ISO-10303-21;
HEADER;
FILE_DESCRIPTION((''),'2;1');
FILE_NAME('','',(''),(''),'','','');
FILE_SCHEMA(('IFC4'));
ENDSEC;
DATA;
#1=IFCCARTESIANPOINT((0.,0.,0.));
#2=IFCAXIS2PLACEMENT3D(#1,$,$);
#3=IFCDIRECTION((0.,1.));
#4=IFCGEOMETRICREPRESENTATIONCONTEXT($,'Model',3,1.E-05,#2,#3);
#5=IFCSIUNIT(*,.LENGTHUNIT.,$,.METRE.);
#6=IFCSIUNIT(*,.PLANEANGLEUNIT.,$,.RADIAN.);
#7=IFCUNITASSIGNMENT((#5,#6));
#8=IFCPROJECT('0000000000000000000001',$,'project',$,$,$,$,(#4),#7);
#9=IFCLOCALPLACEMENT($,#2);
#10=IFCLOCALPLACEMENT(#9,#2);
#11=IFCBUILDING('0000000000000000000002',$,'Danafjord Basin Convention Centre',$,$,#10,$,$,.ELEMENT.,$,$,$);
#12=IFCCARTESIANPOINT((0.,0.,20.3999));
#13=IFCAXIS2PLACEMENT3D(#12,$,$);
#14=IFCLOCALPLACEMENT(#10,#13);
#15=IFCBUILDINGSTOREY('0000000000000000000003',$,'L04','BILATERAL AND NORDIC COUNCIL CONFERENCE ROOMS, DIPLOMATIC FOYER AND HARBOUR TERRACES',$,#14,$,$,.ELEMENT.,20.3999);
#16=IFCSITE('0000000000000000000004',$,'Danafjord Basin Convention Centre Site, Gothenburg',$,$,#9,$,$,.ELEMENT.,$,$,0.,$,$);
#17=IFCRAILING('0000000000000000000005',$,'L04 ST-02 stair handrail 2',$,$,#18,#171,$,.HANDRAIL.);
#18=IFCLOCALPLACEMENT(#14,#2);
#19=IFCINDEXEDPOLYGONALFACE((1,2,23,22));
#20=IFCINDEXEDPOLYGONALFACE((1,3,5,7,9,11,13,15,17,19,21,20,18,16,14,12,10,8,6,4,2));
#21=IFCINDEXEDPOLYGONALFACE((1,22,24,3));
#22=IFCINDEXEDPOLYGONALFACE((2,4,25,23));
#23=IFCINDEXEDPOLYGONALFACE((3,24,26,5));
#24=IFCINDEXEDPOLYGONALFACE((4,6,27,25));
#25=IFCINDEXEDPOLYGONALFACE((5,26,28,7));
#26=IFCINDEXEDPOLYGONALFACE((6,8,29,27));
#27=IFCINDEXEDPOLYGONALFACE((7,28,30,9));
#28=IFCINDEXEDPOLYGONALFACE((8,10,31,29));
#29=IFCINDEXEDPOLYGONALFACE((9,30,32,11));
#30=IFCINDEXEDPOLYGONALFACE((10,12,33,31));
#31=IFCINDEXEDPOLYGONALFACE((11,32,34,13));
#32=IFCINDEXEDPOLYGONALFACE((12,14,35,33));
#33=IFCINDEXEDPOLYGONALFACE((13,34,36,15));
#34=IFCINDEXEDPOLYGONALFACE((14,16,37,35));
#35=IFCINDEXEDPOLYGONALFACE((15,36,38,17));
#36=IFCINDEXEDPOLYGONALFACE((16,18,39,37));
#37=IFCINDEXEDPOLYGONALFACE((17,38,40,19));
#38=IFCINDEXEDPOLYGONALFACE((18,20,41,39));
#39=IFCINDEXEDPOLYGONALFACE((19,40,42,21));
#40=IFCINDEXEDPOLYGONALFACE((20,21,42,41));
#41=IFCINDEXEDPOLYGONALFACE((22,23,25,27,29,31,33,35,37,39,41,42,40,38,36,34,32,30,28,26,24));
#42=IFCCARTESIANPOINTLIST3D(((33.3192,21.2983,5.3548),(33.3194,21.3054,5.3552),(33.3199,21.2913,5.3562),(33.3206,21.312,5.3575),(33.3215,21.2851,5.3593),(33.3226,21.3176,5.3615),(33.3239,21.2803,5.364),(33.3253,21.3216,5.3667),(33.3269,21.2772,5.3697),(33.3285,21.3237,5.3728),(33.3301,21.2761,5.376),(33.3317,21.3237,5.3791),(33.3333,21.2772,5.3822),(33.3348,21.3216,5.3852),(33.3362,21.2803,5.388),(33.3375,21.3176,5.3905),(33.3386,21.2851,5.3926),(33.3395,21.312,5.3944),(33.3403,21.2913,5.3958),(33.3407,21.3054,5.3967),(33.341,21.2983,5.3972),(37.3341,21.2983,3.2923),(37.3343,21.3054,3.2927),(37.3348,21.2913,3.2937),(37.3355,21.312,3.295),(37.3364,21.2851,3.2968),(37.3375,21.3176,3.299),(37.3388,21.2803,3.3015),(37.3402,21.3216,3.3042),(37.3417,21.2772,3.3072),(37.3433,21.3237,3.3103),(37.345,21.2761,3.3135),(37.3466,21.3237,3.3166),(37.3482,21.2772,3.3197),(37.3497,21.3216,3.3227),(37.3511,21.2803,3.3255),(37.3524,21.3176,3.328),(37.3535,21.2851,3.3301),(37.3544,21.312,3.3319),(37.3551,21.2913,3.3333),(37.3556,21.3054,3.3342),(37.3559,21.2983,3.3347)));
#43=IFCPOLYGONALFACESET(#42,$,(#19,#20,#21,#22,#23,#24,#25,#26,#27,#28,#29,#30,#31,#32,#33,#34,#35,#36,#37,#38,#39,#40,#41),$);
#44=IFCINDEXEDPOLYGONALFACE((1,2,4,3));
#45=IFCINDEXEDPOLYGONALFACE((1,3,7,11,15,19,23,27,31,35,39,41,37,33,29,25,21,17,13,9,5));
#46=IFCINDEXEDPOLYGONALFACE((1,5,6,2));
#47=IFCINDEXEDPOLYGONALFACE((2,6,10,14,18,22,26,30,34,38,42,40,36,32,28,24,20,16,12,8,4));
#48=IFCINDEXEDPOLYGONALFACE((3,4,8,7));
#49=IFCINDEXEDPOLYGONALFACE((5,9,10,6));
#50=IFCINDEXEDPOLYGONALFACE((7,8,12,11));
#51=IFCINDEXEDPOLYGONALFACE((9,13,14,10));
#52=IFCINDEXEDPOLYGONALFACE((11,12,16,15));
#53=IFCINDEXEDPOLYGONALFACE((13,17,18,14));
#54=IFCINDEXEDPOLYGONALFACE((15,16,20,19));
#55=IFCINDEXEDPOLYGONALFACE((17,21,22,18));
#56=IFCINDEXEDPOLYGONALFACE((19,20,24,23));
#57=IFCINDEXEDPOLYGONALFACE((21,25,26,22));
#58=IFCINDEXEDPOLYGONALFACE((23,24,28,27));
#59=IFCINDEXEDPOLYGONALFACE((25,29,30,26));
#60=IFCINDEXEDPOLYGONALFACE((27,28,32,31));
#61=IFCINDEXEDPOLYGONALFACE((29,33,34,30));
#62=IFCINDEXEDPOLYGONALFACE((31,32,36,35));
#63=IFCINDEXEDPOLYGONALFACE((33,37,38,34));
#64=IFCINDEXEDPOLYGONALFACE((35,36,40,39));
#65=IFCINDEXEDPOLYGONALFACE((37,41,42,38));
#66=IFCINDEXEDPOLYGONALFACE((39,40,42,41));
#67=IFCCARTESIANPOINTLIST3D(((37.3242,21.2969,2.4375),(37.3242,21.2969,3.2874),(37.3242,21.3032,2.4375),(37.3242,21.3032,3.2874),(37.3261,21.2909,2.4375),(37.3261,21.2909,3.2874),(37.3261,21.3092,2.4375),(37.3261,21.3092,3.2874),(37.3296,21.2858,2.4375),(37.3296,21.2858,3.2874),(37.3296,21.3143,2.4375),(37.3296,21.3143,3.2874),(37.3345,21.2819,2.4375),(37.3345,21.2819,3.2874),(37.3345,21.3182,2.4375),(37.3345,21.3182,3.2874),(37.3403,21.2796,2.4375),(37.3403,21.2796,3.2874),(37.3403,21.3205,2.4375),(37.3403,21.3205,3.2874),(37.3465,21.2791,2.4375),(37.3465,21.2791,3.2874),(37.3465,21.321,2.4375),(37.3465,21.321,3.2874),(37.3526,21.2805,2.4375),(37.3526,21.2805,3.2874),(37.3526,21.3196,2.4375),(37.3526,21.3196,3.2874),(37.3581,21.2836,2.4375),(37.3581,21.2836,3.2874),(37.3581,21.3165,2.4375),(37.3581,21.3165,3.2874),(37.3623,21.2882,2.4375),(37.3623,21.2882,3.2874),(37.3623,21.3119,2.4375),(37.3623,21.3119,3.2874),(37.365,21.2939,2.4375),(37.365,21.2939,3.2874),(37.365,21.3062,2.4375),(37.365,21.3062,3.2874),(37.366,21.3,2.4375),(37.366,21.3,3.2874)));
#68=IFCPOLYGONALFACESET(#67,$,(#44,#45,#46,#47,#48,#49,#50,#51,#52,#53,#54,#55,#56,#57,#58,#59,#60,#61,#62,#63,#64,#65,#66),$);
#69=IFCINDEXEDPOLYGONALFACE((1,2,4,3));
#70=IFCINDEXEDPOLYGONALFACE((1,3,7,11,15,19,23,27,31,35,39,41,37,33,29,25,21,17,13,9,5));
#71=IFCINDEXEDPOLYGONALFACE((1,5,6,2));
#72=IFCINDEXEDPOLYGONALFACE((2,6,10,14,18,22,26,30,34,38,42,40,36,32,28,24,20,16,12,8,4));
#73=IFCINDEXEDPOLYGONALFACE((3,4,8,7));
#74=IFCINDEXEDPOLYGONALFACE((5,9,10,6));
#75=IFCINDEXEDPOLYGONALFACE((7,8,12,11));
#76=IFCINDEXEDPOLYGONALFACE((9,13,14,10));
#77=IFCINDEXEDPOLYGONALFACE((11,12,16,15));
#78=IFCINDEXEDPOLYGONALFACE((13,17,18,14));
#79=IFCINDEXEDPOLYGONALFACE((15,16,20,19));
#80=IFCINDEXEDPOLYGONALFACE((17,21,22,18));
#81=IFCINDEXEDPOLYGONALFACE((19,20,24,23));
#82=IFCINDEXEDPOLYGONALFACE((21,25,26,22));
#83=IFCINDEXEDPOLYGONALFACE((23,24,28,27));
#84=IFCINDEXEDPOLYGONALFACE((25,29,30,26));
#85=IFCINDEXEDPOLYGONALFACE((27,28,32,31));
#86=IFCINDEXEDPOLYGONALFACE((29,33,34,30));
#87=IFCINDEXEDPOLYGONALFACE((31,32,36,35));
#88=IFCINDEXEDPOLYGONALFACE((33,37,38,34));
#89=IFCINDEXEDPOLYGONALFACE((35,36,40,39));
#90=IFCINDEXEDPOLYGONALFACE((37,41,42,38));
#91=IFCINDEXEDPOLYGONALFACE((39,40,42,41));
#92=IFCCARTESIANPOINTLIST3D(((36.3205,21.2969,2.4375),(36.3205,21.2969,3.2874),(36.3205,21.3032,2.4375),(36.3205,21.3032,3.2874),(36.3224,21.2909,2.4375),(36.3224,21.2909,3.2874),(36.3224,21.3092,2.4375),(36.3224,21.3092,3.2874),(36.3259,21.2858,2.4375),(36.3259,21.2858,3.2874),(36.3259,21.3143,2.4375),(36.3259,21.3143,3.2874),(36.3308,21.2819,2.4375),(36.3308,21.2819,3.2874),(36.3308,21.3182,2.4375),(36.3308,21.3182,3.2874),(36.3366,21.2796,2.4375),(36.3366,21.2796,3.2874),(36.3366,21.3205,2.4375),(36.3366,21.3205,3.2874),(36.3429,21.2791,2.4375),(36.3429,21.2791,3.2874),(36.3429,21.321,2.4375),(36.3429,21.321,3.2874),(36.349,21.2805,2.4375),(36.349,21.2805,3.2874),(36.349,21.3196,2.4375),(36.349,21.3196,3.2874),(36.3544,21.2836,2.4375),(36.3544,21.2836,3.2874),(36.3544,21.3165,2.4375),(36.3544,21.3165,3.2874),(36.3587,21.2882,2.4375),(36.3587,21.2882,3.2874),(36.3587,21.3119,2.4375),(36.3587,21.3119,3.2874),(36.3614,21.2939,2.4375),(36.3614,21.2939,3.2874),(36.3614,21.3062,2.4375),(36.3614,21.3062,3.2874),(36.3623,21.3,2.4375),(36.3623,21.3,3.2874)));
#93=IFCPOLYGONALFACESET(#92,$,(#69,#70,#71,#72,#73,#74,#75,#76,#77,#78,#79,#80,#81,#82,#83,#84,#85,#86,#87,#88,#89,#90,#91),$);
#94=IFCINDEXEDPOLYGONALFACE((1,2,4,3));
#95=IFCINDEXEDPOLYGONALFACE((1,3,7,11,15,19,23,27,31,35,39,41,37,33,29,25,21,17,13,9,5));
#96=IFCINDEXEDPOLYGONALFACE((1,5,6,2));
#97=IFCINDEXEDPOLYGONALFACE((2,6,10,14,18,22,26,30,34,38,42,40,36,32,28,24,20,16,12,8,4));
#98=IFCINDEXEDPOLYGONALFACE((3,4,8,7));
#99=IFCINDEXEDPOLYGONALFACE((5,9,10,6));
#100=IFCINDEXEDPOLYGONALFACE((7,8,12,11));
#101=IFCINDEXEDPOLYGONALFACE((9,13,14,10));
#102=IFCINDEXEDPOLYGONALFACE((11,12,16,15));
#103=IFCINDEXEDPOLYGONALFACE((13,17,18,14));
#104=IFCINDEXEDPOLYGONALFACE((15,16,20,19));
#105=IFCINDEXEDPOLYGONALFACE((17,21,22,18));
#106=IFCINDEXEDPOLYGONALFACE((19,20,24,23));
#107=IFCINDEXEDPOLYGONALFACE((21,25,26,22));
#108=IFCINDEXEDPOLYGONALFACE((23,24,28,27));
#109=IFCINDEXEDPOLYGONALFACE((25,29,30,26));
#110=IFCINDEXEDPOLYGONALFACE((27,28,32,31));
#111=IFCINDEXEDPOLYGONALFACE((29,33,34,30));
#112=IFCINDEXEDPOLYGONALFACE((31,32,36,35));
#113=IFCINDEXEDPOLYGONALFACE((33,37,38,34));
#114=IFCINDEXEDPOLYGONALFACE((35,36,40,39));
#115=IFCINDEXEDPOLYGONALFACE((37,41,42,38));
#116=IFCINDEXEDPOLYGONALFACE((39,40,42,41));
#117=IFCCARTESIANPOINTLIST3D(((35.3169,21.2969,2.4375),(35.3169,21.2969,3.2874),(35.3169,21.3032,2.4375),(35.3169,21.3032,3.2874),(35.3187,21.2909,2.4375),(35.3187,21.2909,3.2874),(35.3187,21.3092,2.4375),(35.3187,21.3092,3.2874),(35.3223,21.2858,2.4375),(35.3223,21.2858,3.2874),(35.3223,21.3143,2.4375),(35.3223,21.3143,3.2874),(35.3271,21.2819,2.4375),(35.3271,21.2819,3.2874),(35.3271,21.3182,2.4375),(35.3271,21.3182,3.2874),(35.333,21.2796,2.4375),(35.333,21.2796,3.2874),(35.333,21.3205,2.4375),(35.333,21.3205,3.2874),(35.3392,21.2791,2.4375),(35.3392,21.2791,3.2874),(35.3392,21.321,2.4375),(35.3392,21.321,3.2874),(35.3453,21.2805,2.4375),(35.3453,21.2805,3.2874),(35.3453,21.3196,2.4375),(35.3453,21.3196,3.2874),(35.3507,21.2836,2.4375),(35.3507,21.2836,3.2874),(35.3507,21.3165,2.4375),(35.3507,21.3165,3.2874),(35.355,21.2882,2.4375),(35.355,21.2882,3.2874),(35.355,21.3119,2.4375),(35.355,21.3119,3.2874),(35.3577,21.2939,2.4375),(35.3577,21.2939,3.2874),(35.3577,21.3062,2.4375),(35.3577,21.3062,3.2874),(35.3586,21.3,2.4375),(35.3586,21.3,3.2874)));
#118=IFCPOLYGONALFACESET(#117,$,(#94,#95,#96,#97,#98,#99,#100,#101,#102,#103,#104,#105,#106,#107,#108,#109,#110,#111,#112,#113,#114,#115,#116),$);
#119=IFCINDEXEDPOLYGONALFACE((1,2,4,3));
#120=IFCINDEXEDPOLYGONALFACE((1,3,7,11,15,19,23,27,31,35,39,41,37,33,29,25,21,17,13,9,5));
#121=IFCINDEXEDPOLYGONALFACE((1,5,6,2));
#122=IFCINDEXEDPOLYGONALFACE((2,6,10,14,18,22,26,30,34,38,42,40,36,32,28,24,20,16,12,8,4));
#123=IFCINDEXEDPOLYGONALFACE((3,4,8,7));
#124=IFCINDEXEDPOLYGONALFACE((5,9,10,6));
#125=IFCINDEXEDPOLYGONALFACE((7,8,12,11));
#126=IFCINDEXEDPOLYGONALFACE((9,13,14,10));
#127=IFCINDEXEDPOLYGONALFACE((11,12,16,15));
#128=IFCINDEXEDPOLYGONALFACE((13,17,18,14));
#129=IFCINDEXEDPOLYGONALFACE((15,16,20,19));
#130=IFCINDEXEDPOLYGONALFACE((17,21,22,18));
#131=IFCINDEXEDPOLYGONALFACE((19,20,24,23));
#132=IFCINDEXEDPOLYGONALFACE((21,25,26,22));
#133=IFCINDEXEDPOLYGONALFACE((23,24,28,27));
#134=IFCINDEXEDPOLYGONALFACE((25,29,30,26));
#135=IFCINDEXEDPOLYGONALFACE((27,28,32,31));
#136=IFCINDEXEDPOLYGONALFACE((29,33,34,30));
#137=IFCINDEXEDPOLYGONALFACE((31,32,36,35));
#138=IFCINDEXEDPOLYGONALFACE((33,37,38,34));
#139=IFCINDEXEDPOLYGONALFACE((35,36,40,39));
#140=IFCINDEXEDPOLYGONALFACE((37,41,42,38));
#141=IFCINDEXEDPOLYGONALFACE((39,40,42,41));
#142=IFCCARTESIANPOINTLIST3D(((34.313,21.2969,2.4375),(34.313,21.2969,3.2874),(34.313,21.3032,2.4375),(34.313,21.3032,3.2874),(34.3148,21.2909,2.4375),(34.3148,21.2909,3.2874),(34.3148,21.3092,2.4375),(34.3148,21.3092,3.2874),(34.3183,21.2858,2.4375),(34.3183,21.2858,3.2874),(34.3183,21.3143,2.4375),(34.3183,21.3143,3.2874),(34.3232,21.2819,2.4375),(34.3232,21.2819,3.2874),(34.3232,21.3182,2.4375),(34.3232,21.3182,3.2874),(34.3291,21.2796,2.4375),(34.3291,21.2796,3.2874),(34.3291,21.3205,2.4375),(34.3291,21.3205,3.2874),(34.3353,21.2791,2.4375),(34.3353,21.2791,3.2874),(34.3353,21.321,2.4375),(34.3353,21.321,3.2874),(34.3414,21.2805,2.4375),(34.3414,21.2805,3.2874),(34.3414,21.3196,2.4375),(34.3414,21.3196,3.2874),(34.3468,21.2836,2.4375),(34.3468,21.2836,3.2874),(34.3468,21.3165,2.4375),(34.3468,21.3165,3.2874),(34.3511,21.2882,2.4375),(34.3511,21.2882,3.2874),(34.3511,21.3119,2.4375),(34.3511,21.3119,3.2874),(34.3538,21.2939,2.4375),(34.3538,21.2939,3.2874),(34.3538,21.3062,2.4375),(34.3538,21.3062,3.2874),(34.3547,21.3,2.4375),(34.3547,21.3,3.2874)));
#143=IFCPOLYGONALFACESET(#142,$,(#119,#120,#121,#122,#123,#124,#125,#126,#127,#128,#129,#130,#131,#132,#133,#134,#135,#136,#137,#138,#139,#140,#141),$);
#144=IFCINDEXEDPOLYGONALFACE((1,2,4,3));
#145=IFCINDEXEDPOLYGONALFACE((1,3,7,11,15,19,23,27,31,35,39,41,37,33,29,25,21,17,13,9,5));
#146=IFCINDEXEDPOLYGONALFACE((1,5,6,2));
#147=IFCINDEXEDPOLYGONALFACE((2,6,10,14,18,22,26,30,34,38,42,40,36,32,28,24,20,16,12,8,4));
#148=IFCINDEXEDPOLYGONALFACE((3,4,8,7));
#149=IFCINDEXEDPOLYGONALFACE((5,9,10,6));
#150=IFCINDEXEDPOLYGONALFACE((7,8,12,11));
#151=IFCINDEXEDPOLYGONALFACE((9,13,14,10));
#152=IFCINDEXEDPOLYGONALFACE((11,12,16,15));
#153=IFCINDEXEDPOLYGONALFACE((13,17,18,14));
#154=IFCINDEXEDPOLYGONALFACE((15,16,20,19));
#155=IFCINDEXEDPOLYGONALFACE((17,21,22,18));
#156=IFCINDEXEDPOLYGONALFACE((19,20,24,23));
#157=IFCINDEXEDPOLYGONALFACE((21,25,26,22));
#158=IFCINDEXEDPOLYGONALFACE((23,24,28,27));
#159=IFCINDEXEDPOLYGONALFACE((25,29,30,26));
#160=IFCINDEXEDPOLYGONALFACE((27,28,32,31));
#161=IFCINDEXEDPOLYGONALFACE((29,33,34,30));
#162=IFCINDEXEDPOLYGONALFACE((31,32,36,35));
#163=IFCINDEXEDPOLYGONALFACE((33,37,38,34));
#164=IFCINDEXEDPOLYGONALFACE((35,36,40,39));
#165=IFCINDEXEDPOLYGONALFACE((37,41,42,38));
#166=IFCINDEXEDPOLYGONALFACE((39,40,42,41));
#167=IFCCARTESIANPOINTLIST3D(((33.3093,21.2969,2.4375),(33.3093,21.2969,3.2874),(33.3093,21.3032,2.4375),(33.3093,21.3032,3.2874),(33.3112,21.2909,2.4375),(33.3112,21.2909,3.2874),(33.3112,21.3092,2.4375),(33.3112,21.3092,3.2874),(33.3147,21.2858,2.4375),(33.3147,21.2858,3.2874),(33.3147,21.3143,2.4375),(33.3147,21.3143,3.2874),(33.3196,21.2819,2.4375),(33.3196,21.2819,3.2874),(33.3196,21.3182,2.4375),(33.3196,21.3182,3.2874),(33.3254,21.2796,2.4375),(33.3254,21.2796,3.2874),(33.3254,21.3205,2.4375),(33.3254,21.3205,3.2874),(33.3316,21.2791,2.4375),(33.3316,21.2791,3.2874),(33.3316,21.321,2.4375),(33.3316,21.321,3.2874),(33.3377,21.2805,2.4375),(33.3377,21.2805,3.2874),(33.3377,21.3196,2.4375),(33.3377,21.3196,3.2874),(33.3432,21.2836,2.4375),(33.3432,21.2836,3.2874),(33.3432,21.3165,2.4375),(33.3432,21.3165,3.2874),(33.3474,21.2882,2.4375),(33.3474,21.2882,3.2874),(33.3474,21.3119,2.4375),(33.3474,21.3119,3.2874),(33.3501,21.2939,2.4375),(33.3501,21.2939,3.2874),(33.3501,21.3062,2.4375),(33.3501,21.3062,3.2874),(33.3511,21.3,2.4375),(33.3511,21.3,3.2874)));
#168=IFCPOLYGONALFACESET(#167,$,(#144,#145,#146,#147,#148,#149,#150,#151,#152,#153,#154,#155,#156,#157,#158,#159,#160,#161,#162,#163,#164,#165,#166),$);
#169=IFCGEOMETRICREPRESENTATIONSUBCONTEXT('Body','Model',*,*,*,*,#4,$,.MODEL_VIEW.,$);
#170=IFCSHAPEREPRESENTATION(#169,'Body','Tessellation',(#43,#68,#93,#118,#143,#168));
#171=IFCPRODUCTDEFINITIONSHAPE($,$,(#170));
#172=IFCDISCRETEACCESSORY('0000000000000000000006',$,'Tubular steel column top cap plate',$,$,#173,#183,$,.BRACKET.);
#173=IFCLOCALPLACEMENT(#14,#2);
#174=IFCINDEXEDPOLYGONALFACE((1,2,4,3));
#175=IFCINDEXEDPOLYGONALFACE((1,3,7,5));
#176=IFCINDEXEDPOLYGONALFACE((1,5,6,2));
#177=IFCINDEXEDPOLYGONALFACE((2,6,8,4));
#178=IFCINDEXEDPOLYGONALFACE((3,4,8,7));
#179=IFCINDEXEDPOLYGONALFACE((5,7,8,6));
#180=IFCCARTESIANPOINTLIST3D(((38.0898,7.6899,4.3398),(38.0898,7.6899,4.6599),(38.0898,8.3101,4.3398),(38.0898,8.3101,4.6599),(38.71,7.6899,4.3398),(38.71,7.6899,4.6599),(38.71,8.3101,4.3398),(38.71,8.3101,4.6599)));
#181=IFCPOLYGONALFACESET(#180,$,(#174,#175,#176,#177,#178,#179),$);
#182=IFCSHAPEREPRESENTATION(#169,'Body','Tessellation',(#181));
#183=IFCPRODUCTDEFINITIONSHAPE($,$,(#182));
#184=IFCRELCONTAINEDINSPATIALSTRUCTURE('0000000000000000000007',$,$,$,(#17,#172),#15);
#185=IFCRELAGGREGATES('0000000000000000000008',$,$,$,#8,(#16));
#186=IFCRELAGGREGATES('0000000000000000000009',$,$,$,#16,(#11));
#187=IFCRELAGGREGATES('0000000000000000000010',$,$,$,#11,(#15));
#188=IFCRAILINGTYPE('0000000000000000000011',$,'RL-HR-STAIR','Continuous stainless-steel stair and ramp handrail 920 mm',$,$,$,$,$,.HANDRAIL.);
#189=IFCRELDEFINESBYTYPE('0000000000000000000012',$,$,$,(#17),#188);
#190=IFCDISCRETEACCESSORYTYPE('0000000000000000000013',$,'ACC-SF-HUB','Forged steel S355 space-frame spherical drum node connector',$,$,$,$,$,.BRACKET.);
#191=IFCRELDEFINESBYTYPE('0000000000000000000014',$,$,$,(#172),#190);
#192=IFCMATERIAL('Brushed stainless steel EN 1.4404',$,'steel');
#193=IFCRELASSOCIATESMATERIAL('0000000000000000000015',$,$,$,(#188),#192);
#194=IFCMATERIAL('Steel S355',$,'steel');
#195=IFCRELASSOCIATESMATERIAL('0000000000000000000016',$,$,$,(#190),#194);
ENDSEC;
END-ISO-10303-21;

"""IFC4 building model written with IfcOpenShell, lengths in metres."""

from ifc_helpers import new_model, si_unit, direction, frame, origin, origin_2d, place, context, subcontext, project, spatial, rectangle, circle, extrude, material, type_object, element, save


model = new_model("IFC4")

# Units and contexts
model_context = context("Model", 3, precision=1e-05, world=origin(), true_north=direction((0.0, 1.0)))
body_context = subcontext(model_context, "Body", "Model", "MODEL_VIEW")
ifc_project = project(units=[si_unit("LENGTHUNIT", "METRE"), si_unit("PLANEANGLEUNIT", "RADIAN")], contexts=[model_context])

# Site, building, storey
site_placement = place(None, origin())
site = spatial("IfcSite", under=ifc_project, at=site_placement, Name="Danafjord Basin Convention Centre Site, Gothenburg", CompositionType="ELEMENT", RefElevation=0.0)
building_placement = place(site_placement, origin())
building = spatial("IfcBuilding", under=site, at=building_placement, Name="Danafjord Basin Convention Centre", CompositionType="ELEMENT")
storey_placement = place(building_placement, frame((0.0, 0.0, 20.3999)))
storey = spatial("IfcBuildingStorey", under=building, at=storey_placement, Name="L04", Description="BILATERAL AND NORDIC COUNCIL CONFERENCE ROOMS, DIPLOMATIC FOYER AND HARBOUR TERRACES", CompositionType="ELEMENT", Elevation=20.3999)

# Shared definitions
ifc_material_1 = material(Name="Steel S355", Category="steel")

# Railing
ifc_material_2 = material(Name="Brushed stainless steel EN 1.4404", Category="steel")
railing_type_1 = type_object("IfcRailingType", Name="RL-HR-STAIR", Description="Continuous stainless-steel stair and ramp handrail 920 mm", PredefinedType="HANDRAIL", material=ifc_material_2)
railing_1_placement = place(storey_placement, frame((37.345, 21.3, 2.4375)))
element("IfcRailing", 1, at=railing_1_placement, inside=storey, type_object=railing_type_1, Name="L04 ST-02 stair handrail 2", PredefinedType="HANDRAIL", context=body_context, shape_type="SweptSolid", body=[
    extrude(circle(Radius=0.0239, at=origin_2d()), frame((0.0, 0.0, 0.876), z_axis=(-0.889495, 0.0, 0.456945), x_axis=(0.0, -1.0, 0.0)), (0.0, 0.0, 1.0), 4.5137),
    extrude(circle(Radius=0.021, at=origin_2d()), origin(), (0.0, 0.0, 1.0), 0.8499),
    extrude(circle(Radius=0.021, at=origin_2d()), frame((-1.0037, 0.0, 0.0)), (0.0, 0.0, 1.0), 0.8499),
    extrude(circle(Radius=0.021, at=origin_2d()), frame((-2.0073, 0.0, 0.0)), (0.0, 0.0, 1.0), 0.8499),
    extrude(circle(Radius=0.021, at=origin_2d()), frame((-3.0112, 0.0, 0.0)), (0.0, 0.0, 1.0), 0.8499),
    extrude(circle(Radius=0.021, at=origin_2d()), frame((-4.0149, 0.0, 0.0)), (0.0, 0.0, 1.0), 0.8499),
])

# Discrete accessory
discrete_accessory_type = type_object("IfcDiscreteAccessoryType", Name="ACC-SF-HUB", Description="Forged steel S355 space-frame spherical drum node connector", PredefinedType="BRACKET", material=ifc_material_1)
discrete_accessory_placement = place(storey_placement, frame((38.3999, 8.0, 4.3398), z_axis=(0.0, 0.0, 1.0), x_axis=(1.0, 0.0, 0.0)))
element("IfcDiscreteAccessory", 2, at=discrete_accessory_placement, inside=storey, type_object=discrete_accessory_type, Name="Tubular steel column top cap plate", PredefinedType="BRACKET", context=body_context, shape_type="SweptSolid", body=[
    extrude(rectangle(XDim=0.6201, YDim=0.6201, at=origin_2d()), origin(), (0.0, 0.0, 1.0), 0.3201),
])

save(model, "model.ifc")
